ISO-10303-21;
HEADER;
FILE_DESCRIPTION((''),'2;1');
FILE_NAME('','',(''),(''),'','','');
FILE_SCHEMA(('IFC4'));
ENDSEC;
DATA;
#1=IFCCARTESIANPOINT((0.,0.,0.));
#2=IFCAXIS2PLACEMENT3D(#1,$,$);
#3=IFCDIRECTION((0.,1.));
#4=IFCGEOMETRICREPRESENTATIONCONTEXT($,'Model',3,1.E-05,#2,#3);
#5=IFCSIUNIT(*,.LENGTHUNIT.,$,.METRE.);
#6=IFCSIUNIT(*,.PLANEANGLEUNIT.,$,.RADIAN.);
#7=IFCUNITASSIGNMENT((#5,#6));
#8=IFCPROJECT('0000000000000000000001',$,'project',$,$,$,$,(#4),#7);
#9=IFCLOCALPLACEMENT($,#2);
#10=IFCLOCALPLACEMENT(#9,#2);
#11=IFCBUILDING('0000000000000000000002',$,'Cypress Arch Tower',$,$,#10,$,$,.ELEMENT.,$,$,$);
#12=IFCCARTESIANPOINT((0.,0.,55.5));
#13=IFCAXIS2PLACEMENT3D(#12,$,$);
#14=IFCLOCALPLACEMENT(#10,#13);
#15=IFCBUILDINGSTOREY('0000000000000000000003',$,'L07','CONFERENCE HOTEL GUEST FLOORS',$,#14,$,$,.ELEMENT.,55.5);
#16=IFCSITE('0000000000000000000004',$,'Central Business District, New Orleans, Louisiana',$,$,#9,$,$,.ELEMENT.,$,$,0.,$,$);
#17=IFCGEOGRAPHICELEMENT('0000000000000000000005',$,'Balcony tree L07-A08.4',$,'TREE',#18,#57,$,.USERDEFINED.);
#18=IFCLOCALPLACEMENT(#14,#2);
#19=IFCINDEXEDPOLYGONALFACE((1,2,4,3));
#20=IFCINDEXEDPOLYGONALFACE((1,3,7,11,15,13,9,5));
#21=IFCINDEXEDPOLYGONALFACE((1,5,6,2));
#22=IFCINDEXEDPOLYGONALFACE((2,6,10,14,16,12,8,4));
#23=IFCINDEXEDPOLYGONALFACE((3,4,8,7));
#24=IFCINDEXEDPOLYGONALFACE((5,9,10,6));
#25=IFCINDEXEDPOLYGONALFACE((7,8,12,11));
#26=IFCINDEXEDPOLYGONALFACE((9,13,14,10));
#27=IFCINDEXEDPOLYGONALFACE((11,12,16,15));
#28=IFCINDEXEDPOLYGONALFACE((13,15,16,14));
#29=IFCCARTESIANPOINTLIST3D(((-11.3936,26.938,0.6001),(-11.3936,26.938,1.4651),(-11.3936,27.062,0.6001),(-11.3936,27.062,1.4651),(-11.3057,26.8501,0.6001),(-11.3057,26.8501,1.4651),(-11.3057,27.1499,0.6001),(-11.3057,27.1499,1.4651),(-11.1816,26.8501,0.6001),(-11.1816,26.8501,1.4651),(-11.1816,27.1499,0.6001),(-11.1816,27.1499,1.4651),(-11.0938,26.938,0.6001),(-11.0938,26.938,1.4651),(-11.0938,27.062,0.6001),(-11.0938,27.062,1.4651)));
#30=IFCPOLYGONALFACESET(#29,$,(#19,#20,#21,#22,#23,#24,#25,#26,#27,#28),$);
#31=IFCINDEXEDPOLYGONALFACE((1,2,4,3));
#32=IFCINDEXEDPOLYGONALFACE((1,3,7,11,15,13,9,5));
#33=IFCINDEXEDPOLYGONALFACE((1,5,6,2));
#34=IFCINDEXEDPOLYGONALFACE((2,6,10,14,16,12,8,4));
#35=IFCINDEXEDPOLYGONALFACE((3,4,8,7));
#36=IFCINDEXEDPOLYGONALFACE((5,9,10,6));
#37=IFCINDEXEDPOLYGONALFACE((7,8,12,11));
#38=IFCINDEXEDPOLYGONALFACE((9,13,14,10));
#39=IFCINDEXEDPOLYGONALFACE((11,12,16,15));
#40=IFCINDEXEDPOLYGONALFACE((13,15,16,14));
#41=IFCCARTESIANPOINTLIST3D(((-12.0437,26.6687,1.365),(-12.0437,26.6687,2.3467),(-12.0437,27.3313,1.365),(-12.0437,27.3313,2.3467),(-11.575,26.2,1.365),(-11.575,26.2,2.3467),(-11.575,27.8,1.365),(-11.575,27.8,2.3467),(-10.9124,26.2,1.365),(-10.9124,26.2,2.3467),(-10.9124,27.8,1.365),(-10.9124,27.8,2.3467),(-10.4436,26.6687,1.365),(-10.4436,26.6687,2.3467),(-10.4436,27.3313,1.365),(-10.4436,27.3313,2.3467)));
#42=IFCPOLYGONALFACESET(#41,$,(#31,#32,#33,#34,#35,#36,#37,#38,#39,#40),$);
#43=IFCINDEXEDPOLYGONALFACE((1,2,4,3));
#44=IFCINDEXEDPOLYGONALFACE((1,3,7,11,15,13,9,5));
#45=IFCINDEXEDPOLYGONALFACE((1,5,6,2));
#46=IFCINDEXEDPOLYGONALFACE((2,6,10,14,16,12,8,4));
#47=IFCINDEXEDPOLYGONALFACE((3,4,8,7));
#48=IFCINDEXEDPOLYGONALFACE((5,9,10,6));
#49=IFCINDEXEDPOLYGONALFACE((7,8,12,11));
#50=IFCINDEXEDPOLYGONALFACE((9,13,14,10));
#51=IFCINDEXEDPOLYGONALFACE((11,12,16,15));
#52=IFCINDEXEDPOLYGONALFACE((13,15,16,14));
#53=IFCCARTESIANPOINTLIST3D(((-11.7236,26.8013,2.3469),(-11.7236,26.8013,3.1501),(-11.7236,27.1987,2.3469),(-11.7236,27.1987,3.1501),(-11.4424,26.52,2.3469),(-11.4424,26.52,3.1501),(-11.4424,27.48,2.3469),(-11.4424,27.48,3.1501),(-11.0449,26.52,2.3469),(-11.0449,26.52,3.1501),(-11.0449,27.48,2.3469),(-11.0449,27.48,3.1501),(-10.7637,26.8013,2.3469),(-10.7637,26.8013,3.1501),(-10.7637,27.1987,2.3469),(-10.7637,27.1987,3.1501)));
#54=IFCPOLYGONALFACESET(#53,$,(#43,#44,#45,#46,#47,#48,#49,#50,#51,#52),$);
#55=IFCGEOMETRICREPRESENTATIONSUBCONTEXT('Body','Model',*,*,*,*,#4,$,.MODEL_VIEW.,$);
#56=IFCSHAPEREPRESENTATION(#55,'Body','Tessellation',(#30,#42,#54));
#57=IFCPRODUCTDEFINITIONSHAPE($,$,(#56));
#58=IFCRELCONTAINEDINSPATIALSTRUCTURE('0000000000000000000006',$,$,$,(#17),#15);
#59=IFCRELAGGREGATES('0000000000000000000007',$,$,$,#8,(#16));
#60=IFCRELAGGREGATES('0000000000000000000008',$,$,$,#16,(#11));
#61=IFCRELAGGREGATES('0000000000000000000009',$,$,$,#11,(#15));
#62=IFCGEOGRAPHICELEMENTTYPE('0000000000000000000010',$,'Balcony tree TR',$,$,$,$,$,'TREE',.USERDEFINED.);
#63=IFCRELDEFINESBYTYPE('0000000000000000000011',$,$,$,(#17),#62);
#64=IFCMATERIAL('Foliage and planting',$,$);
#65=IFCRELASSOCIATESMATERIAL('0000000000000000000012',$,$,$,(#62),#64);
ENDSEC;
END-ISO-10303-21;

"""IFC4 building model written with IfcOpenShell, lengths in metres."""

from ifc_helpers import new_model, si_unit, direction, frame, origin, place, context, subcontext, project, spatial, polyline, outline, extrude, material, type_object, element, save


model = new_model("IFC4")

# Units and contexts
model_context = context("Model", 3, precision=1e-05, world=origin(), true_north=direction((0.0, 1.0)))
body_context = subcontext(model_context, "Body", "Model", "MODEL_VIEW")
ifc_project = project(units=[si_unit("LENGTHUNIT", "METRE"), si_unit("PLANEANGLEUNIT", "RADIAN")], contexts=[model_context])

# Site, building, storey
site_placement = place(None, origin())
site = spatial("IfcSite", under=ifc_project, at=site_placement, Name="Central Business District, New Orleans, Louisiana", CompositionType="ELEMENT", RefElevation=0.0)
building_placement = place(site_placement, origin())
building = spatial("IfcBuilding", under=site, at=building_placement, Name="Cypress Arch Tower", CompositionType="ELEMENT")
storey_placement = place(building_placement, frame((0.0, 0.0, 55.5)))
storey = spatial("IfcBuildingStorey", under=building, at=storey_placement, Name="L07", Description="CONFERENCE HOTEL GUEST FLOORS", CompositionType="ELEMENT", Elevation=55.5)

# Geographic element
ifc_material_1 = material(Name="Foliage and planting")
geographic_element_type = type_object("IfcGeographicElementType", Name="Balcony tree TR", ElementType="TREE", PredefinedType="USERDEFINED", material=ifc_material_1)
geographic_element_placement = place(storey_placement, frame((-11.2437, 27.0, 0.6001), z_axis=(0.0, 0.0, 1.0), x_axis=(1.0, 0.0, 0.0)))
element("IfcGeographicElement", 1, at=geographic_element_placement, inside=storey, type_object=geographic_element_type, Name="Balcony tree L07-A08.4", ObjectType="TREE", PredefinedType="USERDEFINED", context=body_context, shape_type="SweptSolid", body=[
    extrude(outline(polyline([(0.1499, 0.062), (0.062, 0.1499), (-0.062, 0.1499), (-0.1499, 0.062), (-0.1499, -0.062), (-0.062, -0.1499), (0.062, -0.1499), (0.1499, -0.062), (0.1499, 0.062)])), origin(), (0.0, 0.0, 1.0), 0.865),
    extrude(outline(polyline([(0.8, 0.3313), (0.3313, 0.8), (-0.3313, 0.8), (-0.8, 0.3313), (-0.8, -0.3313), (-0.3313, -0.8), (0.3313, -0.8), (0.8, -0.3313), (0.8, 0.3313)])), frame((0.0, 0.0, 0.7649)), (0.0, 0.0, 1.0), 0.9817),
    extrude(outline(polyline([(0.48, 0.1987), (0.1987, 0.48), (-0.1987, 0.48), (-0.48, 0.1987), (-0.48, -0.1987), (-0.1987, -0.48), (0.1987, -0.48), (0.48, -0.1987), (0.48, 0.1987)])), frame((0.0, 0.0, 1.7468)), (0.0, 0.0, 1.0), 0.8032),
])

save(model, "model.ifc")
